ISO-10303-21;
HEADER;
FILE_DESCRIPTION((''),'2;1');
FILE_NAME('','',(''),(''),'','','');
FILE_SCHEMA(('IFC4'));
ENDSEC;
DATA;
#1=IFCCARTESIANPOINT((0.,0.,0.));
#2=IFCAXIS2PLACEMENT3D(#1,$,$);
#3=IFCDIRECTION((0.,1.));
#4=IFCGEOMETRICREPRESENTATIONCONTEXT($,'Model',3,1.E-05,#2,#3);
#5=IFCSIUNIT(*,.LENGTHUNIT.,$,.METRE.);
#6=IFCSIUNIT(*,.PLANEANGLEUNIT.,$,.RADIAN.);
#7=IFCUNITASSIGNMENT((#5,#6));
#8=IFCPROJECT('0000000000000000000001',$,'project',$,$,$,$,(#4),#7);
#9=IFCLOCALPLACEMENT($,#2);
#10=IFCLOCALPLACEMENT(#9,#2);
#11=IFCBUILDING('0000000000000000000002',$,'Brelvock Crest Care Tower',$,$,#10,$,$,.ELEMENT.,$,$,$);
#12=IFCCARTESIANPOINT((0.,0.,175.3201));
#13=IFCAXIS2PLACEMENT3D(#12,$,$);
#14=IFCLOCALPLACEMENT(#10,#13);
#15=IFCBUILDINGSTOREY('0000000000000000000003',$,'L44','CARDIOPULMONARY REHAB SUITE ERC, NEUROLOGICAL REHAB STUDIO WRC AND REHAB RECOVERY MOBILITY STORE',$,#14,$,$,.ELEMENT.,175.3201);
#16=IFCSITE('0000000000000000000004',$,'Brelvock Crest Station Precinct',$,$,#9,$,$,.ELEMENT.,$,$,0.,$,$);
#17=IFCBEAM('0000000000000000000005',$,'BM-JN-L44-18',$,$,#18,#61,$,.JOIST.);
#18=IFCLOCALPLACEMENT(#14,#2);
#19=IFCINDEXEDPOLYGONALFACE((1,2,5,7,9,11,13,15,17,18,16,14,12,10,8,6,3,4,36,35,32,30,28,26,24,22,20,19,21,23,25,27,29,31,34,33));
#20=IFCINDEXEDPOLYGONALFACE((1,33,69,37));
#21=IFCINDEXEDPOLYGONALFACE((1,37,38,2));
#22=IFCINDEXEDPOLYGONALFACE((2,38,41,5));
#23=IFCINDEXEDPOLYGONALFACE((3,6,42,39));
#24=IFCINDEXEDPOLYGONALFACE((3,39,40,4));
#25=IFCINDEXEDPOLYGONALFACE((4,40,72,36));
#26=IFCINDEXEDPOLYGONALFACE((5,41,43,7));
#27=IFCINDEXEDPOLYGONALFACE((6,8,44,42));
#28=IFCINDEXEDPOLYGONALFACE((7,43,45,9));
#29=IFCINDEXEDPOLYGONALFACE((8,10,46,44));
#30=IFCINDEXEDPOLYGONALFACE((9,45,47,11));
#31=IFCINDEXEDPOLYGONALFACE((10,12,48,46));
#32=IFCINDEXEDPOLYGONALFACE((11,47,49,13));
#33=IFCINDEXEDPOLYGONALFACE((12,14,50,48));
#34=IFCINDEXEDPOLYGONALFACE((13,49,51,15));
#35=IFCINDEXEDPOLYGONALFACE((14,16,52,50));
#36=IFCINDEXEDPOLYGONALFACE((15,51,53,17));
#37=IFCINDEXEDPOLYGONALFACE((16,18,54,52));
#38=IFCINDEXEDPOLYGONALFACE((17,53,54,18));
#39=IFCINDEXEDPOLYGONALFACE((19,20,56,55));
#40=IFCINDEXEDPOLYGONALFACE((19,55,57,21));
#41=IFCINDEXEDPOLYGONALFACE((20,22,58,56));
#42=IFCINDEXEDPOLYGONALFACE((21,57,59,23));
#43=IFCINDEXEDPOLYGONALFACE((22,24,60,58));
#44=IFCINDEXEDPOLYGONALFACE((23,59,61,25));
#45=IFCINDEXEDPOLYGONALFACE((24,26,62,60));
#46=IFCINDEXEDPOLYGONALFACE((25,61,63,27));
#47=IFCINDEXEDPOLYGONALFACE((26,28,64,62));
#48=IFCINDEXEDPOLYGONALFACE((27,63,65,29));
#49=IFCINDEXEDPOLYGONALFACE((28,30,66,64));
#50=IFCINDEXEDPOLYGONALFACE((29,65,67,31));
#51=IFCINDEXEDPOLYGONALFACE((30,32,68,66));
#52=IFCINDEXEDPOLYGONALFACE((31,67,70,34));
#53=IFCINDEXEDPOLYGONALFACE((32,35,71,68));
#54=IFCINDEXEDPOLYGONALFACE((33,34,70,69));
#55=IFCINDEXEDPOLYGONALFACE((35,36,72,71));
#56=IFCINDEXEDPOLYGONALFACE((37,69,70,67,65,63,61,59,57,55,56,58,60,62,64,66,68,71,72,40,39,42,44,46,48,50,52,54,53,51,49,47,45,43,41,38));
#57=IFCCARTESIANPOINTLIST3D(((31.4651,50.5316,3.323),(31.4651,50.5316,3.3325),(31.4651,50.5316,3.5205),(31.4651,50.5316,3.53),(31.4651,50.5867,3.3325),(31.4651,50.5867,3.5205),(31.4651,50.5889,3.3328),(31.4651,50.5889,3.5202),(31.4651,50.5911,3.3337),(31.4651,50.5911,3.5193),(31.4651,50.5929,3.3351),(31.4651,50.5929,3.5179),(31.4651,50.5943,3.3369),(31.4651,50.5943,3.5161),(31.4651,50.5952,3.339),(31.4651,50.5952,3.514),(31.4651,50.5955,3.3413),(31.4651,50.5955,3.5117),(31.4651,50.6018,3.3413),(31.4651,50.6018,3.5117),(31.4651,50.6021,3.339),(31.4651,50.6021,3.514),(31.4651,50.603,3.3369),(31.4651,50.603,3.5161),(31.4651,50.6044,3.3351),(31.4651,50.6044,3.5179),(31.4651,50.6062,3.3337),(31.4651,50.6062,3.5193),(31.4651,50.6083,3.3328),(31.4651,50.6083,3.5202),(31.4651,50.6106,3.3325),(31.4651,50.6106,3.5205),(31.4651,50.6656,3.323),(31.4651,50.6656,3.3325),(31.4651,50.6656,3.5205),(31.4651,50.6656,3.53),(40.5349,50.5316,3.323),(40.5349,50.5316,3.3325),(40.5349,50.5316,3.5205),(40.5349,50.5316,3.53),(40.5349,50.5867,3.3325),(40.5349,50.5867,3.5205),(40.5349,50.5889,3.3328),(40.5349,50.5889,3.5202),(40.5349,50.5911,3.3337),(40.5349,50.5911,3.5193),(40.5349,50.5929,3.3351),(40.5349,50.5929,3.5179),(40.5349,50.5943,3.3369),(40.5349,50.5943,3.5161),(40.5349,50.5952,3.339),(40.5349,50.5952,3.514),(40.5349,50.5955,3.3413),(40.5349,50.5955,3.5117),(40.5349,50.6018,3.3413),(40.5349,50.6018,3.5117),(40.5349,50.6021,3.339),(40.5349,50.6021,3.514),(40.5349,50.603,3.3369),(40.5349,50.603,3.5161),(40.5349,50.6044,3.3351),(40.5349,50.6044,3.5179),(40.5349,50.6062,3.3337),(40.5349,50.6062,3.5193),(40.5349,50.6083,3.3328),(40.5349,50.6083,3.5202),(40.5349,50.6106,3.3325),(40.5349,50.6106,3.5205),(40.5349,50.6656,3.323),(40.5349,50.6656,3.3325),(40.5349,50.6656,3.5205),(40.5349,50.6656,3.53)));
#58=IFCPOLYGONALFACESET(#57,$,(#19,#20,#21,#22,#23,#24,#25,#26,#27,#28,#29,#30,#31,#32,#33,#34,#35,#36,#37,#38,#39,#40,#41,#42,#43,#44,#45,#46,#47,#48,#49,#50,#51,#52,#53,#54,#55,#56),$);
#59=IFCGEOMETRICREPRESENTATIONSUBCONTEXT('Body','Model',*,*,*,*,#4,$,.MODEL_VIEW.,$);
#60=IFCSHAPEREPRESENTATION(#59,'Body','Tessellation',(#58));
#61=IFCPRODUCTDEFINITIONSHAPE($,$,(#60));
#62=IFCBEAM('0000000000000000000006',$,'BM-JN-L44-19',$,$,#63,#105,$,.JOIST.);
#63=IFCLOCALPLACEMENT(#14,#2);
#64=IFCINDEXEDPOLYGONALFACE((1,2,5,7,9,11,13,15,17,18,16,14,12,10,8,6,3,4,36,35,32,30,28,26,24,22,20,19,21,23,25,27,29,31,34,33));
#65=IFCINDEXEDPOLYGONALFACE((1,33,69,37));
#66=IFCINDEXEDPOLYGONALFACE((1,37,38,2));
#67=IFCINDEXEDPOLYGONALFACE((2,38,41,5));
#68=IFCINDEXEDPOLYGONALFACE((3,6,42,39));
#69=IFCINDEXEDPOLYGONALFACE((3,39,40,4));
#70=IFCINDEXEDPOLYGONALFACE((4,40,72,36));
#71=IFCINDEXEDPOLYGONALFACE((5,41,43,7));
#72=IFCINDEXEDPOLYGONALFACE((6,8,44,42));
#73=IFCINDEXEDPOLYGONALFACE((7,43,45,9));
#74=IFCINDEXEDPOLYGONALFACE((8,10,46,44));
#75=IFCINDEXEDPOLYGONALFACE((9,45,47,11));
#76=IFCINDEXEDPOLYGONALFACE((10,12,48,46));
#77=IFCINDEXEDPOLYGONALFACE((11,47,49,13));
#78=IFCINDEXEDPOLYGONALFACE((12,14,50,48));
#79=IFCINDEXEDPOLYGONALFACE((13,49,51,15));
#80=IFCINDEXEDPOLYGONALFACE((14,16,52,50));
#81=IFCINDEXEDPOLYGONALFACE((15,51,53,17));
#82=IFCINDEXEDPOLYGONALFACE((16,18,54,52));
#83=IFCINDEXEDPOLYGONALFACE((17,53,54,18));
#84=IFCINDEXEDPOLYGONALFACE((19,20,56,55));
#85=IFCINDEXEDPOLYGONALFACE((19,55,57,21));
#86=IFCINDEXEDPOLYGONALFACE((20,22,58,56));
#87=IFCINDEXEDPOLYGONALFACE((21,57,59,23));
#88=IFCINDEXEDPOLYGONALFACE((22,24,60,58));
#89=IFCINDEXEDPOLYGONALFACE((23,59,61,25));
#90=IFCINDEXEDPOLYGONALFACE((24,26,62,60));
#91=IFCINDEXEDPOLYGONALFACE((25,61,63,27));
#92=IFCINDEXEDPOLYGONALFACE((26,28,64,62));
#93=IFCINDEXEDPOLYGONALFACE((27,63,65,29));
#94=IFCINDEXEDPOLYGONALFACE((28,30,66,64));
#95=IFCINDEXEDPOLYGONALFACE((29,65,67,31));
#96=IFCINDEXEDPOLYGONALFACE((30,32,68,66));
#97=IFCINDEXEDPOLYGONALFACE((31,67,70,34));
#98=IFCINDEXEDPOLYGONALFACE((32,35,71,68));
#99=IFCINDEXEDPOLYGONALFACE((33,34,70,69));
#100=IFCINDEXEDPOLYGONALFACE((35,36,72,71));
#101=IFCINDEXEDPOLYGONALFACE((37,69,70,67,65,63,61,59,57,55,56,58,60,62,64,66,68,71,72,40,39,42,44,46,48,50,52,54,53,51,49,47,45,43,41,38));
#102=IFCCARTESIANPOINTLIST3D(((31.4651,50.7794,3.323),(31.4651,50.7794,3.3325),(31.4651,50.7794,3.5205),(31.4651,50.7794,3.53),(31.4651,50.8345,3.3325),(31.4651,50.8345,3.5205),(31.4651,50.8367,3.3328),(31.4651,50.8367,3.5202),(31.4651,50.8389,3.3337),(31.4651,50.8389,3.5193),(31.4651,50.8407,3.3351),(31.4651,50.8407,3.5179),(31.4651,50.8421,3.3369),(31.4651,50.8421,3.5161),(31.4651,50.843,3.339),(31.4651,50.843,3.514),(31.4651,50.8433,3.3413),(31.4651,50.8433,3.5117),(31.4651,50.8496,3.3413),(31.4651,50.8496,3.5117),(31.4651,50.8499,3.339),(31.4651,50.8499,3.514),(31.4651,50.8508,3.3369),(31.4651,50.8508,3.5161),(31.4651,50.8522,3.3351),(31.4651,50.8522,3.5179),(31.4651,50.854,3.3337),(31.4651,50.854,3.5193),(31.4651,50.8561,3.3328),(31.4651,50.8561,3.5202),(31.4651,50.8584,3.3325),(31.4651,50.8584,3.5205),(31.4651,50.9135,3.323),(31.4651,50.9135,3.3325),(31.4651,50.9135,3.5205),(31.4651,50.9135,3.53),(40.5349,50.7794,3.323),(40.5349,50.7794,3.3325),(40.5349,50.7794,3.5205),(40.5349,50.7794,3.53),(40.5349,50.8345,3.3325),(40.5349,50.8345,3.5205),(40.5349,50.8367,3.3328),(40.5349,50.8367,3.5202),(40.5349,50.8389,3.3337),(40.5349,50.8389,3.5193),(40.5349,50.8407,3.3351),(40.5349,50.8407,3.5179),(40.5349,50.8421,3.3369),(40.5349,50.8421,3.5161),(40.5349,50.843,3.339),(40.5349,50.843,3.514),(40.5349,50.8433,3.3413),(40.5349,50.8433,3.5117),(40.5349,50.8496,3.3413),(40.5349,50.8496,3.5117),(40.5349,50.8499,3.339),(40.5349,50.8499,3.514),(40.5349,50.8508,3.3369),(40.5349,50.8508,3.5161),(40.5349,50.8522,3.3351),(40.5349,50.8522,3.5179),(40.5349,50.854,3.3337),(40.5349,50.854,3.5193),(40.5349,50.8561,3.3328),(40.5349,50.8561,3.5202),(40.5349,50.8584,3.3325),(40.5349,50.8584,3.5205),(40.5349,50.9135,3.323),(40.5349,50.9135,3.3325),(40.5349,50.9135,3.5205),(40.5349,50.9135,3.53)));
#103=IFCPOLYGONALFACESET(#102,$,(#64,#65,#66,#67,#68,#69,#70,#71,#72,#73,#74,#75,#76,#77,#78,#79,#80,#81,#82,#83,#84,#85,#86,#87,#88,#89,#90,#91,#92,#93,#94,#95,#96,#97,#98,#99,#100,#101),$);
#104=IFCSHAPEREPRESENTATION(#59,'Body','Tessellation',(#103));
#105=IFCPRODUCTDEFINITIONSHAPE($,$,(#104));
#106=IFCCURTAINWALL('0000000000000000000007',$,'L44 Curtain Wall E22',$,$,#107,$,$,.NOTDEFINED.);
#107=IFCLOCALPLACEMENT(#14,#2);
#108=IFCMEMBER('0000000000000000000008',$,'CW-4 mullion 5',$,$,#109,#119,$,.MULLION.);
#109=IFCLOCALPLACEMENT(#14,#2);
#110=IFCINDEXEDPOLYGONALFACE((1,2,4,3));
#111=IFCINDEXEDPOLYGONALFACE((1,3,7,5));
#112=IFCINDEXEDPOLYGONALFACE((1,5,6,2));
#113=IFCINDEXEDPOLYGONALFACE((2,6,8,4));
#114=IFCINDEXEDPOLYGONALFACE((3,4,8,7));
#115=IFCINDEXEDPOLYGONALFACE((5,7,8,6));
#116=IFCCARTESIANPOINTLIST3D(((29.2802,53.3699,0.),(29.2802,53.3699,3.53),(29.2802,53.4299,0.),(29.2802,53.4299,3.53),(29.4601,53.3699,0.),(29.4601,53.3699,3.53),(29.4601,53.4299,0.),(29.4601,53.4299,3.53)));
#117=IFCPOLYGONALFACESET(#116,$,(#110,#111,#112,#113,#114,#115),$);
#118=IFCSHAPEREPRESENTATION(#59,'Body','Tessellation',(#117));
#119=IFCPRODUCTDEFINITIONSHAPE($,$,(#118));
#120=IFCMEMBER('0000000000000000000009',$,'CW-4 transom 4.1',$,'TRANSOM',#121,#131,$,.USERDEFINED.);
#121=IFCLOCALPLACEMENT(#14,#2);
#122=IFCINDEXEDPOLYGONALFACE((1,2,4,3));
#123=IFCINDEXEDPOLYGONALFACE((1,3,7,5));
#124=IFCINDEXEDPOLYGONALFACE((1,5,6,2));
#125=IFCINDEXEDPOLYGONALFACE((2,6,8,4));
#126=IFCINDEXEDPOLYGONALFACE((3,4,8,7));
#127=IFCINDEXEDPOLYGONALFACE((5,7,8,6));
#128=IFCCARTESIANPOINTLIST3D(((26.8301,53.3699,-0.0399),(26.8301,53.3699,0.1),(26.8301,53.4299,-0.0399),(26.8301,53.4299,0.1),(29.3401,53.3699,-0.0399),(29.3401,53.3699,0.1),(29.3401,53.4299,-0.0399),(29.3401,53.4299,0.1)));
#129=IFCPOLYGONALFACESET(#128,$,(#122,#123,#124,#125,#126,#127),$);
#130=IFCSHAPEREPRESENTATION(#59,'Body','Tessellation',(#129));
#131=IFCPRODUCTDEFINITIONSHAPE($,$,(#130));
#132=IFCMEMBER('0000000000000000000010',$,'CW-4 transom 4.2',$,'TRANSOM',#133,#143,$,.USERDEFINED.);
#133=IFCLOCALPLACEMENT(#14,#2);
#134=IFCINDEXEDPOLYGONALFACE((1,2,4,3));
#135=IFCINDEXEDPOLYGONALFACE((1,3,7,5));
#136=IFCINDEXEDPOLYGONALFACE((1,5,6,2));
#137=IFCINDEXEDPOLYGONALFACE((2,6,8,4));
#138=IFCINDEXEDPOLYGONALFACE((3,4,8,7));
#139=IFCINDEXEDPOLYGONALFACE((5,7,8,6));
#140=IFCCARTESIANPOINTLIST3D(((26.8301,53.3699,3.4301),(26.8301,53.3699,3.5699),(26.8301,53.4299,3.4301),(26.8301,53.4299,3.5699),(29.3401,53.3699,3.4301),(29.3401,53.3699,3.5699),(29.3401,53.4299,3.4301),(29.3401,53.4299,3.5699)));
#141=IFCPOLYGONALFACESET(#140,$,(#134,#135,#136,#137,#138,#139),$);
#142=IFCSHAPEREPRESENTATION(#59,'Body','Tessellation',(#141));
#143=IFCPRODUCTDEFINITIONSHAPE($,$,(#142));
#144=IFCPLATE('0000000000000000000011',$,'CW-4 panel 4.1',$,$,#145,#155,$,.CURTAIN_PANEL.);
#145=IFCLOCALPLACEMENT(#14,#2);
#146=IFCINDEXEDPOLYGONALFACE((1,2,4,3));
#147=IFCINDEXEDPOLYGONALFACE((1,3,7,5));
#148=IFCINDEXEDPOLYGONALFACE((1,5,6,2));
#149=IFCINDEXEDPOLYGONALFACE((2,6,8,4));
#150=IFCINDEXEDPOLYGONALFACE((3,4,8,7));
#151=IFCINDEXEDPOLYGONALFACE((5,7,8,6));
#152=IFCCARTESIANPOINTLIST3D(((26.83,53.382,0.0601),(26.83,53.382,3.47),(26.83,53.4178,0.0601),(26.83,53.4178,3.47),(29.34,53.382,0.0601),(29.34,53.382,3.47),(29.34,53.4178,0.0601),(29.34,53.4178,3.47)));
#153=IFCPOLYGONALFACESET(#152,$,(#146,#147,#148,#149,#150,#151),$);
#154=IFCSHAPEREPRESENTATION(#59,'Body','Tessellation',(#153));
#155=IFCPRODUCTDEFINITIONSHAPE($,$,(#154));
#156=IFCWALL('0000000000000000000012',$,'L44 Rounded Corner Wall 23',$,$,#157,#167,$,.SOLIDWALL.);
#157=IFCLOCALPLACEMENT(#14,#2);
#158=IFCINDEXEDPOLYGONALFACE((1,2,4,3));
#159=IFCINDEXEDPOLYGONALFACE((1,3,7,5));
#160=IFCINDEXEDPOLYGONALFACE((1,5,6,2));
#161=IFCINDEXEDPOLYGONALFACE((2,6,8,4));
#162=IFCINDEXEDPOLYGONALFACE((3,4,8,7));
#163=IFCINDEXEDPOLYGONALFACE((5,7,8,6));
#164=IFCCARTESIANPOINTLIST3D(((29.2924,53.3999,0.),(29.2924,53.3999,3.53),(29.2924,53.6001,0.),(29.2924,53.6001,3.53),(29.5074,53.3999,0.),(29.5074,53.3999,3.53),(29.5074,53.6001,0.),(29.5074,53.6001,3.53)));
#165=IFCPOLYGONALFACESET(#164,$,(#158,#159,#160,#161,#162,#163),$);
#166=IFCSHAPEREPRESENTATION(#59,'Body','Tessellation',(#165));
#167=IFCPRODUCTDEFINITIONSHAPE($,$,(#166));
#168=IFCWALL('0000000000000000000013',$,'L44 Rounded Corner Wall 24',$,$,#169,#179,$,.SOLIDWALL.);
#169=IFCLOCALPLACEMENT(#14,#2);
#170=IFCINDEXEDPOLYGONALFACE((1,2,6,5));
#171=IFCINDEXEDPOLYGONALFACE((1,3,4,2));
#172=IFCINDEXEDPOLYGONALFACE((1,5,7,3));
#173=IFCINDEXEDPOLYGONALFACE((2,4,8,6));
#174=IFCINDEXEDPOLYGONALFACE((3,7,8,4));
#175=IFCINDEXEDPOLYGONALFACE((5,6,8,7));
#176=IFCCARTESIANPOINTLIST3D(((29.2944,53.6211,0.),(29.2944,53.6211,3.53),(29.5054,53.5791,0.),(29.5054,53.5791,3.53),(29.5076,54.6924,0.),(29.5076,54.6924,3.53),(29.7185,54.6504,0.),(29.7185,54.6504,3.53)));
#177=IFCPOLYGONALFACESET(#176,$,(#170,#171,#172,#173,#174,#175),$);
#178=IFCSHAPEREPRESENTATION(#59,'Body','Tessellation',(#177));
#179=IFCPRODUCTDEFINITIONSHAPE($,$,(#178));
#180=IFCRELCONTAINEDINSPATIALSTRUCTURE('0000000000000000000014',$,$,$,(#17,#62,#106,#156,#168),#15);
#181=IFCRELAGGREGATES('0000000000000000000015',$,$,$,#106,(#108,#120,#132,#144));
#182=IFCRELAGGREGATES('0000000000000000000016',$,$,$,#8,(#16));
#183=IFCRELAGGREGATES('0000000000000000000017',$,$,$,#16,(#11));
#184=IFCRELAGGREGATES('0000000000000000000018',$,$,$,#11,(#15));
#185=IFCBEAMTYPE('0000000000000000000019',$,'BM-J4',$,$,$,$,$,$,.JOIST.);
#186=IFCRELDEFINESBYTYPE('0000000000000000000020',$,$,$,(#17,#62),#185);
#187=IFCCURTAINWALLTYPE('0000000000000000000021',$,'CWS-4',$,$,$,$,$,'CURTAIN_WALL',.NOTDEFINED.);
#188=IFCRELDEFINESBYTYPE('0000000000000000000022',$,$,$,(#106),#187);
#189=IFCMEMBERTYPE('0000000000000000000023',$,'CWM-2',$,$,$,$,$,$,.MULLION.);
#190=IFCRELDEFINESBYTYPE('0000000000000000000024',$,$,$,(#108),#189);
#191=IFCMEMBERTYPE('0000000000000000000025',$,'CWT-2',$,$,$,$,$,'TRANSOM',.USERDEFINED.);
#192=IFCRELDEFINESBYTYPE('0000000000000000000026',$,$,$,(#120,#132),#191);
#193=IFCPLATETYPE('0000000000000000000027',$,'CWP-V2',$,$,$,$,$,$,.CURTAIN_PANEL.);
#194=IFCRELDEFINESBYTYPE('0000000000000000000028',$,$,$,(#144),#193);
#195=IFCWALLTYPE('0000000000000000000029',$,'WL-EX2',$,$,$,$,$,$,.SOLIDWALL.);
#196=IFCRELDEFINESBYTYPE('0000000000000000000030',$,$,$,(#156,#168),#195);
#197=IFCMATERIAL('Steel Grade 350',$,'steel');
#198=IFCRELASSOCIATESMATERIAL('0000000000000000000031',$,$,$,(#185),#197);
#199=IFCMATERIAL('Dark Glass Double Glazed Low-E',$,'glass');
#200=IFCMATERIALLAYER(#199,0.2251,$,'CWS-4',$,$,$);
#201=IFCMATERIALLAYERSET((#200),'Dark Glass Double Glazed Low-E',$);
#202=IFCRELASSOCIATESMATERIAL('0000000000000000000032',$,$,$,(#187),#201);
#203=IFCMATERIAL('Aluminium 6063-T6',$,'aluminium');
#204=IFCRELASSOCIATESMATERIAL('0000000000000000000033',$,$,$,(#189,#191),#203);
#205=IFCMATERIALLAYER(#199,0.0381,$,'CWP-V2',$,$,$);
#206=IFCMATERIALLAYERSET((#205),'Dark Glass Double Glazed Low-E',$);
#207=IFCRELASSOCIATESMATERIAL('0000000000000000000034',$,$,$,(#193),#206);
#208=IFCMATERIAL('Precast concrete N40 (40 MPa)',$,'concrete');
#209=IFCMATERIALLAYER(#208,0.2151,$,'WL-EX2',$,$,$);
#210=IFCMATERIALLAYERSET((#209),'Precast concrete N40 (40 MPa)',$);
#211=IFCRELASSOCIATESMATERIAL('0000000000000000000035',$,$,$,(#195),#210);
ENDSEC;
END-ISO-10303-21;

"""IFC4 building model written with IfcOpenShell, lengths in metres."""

from ifc_helpers import new_model, si_unit, direction, frame, frame_2d, origin, origin_2d, place, context, subcontext, project, spatial, rectangle, i_section, extrude, source, transform, mapped, material, layer, layer_set, material_profile, profile_set, type_object, element, aggregate, save


model = new_model("IFC4")

# Units and contexts
model_context = context("Model", 3, precision=1e-05, world=origin(), true_north=direction((0.0, 1.0)))
body_context = subcontext(model_context, "Body", "Model", "MODEL_VIEW")
ifc_project = project(units=[si_unit("LENGTHUNIT", "METRE"), si_unit("PLANEANGLEUNIT", "RADIAN")], contexts=[model_context])

# Site, building, storey
site_placement = place(None, origin())
site = spatial("IfcSite", under=ifc_project, at=site_placement, Name="Brelvock Crest Station Precinct", CompositionType="ELEMENT", RefElevation=0.0)
building_placement = place(site_placement, origin())
building = spatial("IfcBuilding", under=site, at=building_placement, Name="Brelvock Crest Care Tower", CompositionType="ELEMENT")
storey_placement = place(building_placement, frame((0.0, 0.0, 175.3201)))
storey = spatial("IfcBuildingStorey", under=building, at=storey_placement, Name="L44", Description="CARDIOPULMONARY REHAB SUITE ERC, NEUROLOGICAL REHAB STUDIO WRC AND REHAB RECOVERY MOBILITY STORE", CompositionType="ELEMENT", Elevation=175.3201)

# Shared definitions
ifc_material_1 = material(Name="Steel Grade 350", Category="steel")

# Beams
ifc_material_profile_1 = material_profile(ifc_material_1, i_section(OverallWidth=0.134, OverallDepth=0.207, WebThickness=0.0063, FlangeThickness=0.0095, FilletRadius=0.0088, at=origin_2d()), Name="200UB29.8")
ifc_profile_set_1 = profile_set([ifc_material_profile_1], Name="Steel Grade 350")
beam_type_1 = type_object("IfcBeamType", Name="BM-J4", PredefinedType="JOIST", material=ifc_profile_set_1)
shared_shape_1 = source(origin(), body_context, "Body", "SweptSolid", [
    extrude(i_section(OverallWidth=0.134, OverallDepth=0.207, WebThickness=0.0063, FlangeThickness=0.0095, FilletRadius=0.0088, at=origin_2d()), origin(), (0.0, 0.0, 1.0), 9.0698),
])
for number, where, z_axis, x_axis, name in (
    (1, (31.4651, 50.5986, 3.4265), (1.0, 0.0, 0.0), (0.0, 1.0, 0.0), "BM-JN-L44-18"),
    (2, (31.4651, 50.8464, 3.4265), (1.0, 0.0, 0.0), (0.0, 1.0, 0.0), "BM-JN-L44-19"),
):
    element("IfcBeam", number, at=place(storey_placement, frame(where, z_axis=z_axis, x_axis=x_axis)), inside=storey, type_object=beam_type_1, Name=name, PredefinedType="JOIST", context=body_context, shape_type="MappedRepresentation", body=[
        mapped(shared_shape_1, transform((0.0, 0.0, 0.0), x_axis=(1.0, 0.0, 0.0), y_axis=(0.0, 1.0, 0.0), z_axis=(0.0, 0.0, 1.0), scale=1.0)),
    ])

# Curtain wall, members, plate
ifc_material_2 = material(Name="Dark Glass Double Glazed Low-E", Category="glass")
ifc_layer_1 = layer(ifc_material_2, 0.2251, Name="CWS-4")
ifc_layer_set_1 = layer_set([ifc_layer_1], Name="Dark Glass Double Glazed Low-E")
curtain_wall_type = type_object("IfcCurtainWallType", Name="CWS-4", ElementType="CURTAIN_WALL", PredefinedType="NOTDEFINED", material=ifc_layer_set_1)
curtain_wall_placement = place(storey_placement, origin())
curtain_wall = element("IfcCurtainWall", 3, at=curtain_wall_placement, inside=storey, type_object=curtain_wall_type, Name="L44 Curtain Wall E22", PredefinedType="NOTDEFINED")
ifc_material_3 = material(Name="Aluminium 6063-T6", Category="aluminium")
ifc_material_profile_2 = material_profile(ifc_material_3, rectangle(XDim=0.0601, YDim=0.1799, at=origin_2d()), Name="ALU60x180")
ifc_profile_set_2 = profile_set([ifc_material_profile_2], Name="Aluminium 6063-T6")
member_type_1 = type_object("IfcMemberType", Name="CWM-2", PredefinedType="MULLION", material=ifc_profile_set_2)
shared_shape_2 = source(origin(), body_context, "Body", "SweptSolid", [
    extrude(rectangle(XDim=0.0601, YDim=0.1799, at=origin_2d()), origin(), (0.0, 0.0, 1.0), 3.53),
])
member_1_placement = place(storey_placement, frame((29.3701, 53.3999, 0.0), z_axis=(0.0, 0.0, 1.0), x_axis=(0.0, 1.0, 0.0)))
member_1 = element("IfcMember", 4, at=member_1_placement, type_object=member_type_1, Name="CW-4 mullion 5", PredefinedType="MULLION", context=body_context, shape_type="MappedRepresentation", body=[
    mapped(shared_shape_2, transform((0.0, 0.0, 0.0), x_axis=(1.0, 0.0, 0.0), y_axis=(0.0, 1.0, 0.0), z_axis=(0.0, 0.0, 1.0), scale=1.0)),
])
ifc_material_profile_3 = material_profile(ifc_material_3, rectangle(XDim=0.0601, YDim=0.1399, at=origin_2d()), Name="ALU60x140")
ifc_profile_set_3 = profile_set([ifc_material_profile_3], Name="Aluminium 6063-T6")
member_type_2 = type_object("IfcMemberType", Name="CWT-2", ElementType="TRANSOM", PredefinedType="USERDEFINED", material=ifc_profile_set_3)
shared_shape_3 = source(origin(), body_context, "Body", "SweptSolid", [
    extrude(rectangle(XDim=0.0601, YDim=0.1399, at=origin_2d()), origin(), (0.0, 0.0, 1.0), 2.51),
])
member_2_placement = place(storey_placement, frame((26.8301, 53.3999, 0.03), z_axis=(1.0, 0.0, 0.0), x_axis=(0.0, 1.0, 0.0)))
member_2 = element("IfcMember", 5, at=member_2_placement, type_object=member_type_2, Name="CW-4 transom 4.1", ObjectType="TRANSOM", PredefinedType="USERDEFINED", context=body_context, shape_type="MappedRepresentation", body=[
    mapped(shared_shape_3, transform((0.0, 0.0, 0.0), x_axis=(1.0, 0.0, 0.0), y_axis=(0.0, 1.0, 0.0), z_axis=(0.0, 0.0, 1.0), scale=1.0)),
])
member_3_placement = place(storey_placement, frame((26.8301, 53.3999, 3.5), z_axis=(1.0, 0.0, 0.0), x_axis=(0.0, 1.0, 0.0)))
member_3 = element("IfcMember", 6, at=member_3_placement, type_object=member_type_2, Name="CW-4 transom 4.2", ObjectType="TRANSOM", PredefinedType="USERDEFINED", context=body_context, shape_type="MappedRepresentation", body=[
    mapped(shared_shape_3, transform((0.0, 0.0, 0.0), x_axis=(1.0, 0.0, 0.0), y_axis=(0.0, 1.0, 0.0), z_axis=(0.0, 0.0, 1.0), scale=1.0)),
])
ifc_layer_2 = layer(ifc_material_2, 0.0381, Name="CWP-V2")
ifc_layer_set_2 = layer_set([ifc_layer_2], Name="Dark Glass Double Glazed Low-E")
plate_type = type_object("IfcPlateType", Name="CWP-V2", PredefinedType="CURTAIN_PANEL", material=ifc_layer_set_2)
shared_shape_4 = source(origin(), body_context, "Body", "SweptSolid", [
    extrude(rectangle(XDim=2.51, YDim=0.0359, at=origin_2d()), origin(), (0.0, 0.0, 1.0), 3.4099),
])
plate_placement = place(storey_placement, frame((28.085, 53.3999, 0.0601), z_axis=(0.0, 0.0, 1.0), x_axis=(1.0, 0.0, 0.0)))
plate = element("IfcPlate", 7, at=plate_placement, type_object=plate_type, Name="CW-4 panel 4.1", PredefinedType="CURTAIN_PANEL", context=body_context, shape_type="MappedRepresentation", body=[
    mapped(shared_shape_4, transform((0.0, 0.0, 0.0), x_axis=(1.0, 0.0, 0.0), y_axis=(0.0, 1.0, 0.0), z_axis=(0.0, 0.0, 1.0), scale=1.0)),
])
aggregate(curtain_wall, [member_1, member_2, member_3, plate])

# Walls
ifc_material_4 = material(Name="Precast concrete N40 (40 MPa)", Category="concrete")
ifc_layer_3 = layer(ifc_material_4, 0.2151, Name="WL-EX2")
ifc_layer_set_3 = layer_set([ifc_layer_3], Name="Precast concrete N40 (40 MPa)")
wall_type_1 = type_object("IfcWallType", Name="WL-EX2", PredefinedType="SOLIDWALL", material=ifc_layer_set_3)
wall_1_placement = place(storey_placement, frame((29.3999, 53.3999, 0.0), z_axis=(0.0, 0.0, 1.0), x_axis=(0.0, 1.0, 0.0)))
element("IfcWall", 8, at=wall_1_placement, inside=storey, type_object=wall_type_1, Name="L44 Rounded Corner Wall 23", PredefinedType="SOLIDWALL", context=body_context, shape_type="SweptSolid", body=[
    extrude(rectangle(XDim=0.2002, YDim=0.2151, at=frame_2d((0.1001, 0.0))), origin(), (0.0, 0.0, 1.0), 3.53),
])
wall_2_placement = place(storey_placement, frame((29.3999, 53.6001, 0.0), z_axis=(0.0, 0.0, 1.0), x_axis=(0.195127, 0.980778, 0.0)))
element("IfcWall", 9, at=wall_2_placement, inside=storey, type_object=wall_type_1, Name="L44 Rounded Corner Wall 24", PredefinedType="SOLIDWALL", context=body_context, shape_type="SweptSolid", body=[
    extrude(rectangle(XDim=1.0923, YDim=0.2151, at=frame_2d((0.5461, 0.0))), origin(), (0.0, 0.0, 1.0), 3.53),
])

save(model, "model.ifc")
